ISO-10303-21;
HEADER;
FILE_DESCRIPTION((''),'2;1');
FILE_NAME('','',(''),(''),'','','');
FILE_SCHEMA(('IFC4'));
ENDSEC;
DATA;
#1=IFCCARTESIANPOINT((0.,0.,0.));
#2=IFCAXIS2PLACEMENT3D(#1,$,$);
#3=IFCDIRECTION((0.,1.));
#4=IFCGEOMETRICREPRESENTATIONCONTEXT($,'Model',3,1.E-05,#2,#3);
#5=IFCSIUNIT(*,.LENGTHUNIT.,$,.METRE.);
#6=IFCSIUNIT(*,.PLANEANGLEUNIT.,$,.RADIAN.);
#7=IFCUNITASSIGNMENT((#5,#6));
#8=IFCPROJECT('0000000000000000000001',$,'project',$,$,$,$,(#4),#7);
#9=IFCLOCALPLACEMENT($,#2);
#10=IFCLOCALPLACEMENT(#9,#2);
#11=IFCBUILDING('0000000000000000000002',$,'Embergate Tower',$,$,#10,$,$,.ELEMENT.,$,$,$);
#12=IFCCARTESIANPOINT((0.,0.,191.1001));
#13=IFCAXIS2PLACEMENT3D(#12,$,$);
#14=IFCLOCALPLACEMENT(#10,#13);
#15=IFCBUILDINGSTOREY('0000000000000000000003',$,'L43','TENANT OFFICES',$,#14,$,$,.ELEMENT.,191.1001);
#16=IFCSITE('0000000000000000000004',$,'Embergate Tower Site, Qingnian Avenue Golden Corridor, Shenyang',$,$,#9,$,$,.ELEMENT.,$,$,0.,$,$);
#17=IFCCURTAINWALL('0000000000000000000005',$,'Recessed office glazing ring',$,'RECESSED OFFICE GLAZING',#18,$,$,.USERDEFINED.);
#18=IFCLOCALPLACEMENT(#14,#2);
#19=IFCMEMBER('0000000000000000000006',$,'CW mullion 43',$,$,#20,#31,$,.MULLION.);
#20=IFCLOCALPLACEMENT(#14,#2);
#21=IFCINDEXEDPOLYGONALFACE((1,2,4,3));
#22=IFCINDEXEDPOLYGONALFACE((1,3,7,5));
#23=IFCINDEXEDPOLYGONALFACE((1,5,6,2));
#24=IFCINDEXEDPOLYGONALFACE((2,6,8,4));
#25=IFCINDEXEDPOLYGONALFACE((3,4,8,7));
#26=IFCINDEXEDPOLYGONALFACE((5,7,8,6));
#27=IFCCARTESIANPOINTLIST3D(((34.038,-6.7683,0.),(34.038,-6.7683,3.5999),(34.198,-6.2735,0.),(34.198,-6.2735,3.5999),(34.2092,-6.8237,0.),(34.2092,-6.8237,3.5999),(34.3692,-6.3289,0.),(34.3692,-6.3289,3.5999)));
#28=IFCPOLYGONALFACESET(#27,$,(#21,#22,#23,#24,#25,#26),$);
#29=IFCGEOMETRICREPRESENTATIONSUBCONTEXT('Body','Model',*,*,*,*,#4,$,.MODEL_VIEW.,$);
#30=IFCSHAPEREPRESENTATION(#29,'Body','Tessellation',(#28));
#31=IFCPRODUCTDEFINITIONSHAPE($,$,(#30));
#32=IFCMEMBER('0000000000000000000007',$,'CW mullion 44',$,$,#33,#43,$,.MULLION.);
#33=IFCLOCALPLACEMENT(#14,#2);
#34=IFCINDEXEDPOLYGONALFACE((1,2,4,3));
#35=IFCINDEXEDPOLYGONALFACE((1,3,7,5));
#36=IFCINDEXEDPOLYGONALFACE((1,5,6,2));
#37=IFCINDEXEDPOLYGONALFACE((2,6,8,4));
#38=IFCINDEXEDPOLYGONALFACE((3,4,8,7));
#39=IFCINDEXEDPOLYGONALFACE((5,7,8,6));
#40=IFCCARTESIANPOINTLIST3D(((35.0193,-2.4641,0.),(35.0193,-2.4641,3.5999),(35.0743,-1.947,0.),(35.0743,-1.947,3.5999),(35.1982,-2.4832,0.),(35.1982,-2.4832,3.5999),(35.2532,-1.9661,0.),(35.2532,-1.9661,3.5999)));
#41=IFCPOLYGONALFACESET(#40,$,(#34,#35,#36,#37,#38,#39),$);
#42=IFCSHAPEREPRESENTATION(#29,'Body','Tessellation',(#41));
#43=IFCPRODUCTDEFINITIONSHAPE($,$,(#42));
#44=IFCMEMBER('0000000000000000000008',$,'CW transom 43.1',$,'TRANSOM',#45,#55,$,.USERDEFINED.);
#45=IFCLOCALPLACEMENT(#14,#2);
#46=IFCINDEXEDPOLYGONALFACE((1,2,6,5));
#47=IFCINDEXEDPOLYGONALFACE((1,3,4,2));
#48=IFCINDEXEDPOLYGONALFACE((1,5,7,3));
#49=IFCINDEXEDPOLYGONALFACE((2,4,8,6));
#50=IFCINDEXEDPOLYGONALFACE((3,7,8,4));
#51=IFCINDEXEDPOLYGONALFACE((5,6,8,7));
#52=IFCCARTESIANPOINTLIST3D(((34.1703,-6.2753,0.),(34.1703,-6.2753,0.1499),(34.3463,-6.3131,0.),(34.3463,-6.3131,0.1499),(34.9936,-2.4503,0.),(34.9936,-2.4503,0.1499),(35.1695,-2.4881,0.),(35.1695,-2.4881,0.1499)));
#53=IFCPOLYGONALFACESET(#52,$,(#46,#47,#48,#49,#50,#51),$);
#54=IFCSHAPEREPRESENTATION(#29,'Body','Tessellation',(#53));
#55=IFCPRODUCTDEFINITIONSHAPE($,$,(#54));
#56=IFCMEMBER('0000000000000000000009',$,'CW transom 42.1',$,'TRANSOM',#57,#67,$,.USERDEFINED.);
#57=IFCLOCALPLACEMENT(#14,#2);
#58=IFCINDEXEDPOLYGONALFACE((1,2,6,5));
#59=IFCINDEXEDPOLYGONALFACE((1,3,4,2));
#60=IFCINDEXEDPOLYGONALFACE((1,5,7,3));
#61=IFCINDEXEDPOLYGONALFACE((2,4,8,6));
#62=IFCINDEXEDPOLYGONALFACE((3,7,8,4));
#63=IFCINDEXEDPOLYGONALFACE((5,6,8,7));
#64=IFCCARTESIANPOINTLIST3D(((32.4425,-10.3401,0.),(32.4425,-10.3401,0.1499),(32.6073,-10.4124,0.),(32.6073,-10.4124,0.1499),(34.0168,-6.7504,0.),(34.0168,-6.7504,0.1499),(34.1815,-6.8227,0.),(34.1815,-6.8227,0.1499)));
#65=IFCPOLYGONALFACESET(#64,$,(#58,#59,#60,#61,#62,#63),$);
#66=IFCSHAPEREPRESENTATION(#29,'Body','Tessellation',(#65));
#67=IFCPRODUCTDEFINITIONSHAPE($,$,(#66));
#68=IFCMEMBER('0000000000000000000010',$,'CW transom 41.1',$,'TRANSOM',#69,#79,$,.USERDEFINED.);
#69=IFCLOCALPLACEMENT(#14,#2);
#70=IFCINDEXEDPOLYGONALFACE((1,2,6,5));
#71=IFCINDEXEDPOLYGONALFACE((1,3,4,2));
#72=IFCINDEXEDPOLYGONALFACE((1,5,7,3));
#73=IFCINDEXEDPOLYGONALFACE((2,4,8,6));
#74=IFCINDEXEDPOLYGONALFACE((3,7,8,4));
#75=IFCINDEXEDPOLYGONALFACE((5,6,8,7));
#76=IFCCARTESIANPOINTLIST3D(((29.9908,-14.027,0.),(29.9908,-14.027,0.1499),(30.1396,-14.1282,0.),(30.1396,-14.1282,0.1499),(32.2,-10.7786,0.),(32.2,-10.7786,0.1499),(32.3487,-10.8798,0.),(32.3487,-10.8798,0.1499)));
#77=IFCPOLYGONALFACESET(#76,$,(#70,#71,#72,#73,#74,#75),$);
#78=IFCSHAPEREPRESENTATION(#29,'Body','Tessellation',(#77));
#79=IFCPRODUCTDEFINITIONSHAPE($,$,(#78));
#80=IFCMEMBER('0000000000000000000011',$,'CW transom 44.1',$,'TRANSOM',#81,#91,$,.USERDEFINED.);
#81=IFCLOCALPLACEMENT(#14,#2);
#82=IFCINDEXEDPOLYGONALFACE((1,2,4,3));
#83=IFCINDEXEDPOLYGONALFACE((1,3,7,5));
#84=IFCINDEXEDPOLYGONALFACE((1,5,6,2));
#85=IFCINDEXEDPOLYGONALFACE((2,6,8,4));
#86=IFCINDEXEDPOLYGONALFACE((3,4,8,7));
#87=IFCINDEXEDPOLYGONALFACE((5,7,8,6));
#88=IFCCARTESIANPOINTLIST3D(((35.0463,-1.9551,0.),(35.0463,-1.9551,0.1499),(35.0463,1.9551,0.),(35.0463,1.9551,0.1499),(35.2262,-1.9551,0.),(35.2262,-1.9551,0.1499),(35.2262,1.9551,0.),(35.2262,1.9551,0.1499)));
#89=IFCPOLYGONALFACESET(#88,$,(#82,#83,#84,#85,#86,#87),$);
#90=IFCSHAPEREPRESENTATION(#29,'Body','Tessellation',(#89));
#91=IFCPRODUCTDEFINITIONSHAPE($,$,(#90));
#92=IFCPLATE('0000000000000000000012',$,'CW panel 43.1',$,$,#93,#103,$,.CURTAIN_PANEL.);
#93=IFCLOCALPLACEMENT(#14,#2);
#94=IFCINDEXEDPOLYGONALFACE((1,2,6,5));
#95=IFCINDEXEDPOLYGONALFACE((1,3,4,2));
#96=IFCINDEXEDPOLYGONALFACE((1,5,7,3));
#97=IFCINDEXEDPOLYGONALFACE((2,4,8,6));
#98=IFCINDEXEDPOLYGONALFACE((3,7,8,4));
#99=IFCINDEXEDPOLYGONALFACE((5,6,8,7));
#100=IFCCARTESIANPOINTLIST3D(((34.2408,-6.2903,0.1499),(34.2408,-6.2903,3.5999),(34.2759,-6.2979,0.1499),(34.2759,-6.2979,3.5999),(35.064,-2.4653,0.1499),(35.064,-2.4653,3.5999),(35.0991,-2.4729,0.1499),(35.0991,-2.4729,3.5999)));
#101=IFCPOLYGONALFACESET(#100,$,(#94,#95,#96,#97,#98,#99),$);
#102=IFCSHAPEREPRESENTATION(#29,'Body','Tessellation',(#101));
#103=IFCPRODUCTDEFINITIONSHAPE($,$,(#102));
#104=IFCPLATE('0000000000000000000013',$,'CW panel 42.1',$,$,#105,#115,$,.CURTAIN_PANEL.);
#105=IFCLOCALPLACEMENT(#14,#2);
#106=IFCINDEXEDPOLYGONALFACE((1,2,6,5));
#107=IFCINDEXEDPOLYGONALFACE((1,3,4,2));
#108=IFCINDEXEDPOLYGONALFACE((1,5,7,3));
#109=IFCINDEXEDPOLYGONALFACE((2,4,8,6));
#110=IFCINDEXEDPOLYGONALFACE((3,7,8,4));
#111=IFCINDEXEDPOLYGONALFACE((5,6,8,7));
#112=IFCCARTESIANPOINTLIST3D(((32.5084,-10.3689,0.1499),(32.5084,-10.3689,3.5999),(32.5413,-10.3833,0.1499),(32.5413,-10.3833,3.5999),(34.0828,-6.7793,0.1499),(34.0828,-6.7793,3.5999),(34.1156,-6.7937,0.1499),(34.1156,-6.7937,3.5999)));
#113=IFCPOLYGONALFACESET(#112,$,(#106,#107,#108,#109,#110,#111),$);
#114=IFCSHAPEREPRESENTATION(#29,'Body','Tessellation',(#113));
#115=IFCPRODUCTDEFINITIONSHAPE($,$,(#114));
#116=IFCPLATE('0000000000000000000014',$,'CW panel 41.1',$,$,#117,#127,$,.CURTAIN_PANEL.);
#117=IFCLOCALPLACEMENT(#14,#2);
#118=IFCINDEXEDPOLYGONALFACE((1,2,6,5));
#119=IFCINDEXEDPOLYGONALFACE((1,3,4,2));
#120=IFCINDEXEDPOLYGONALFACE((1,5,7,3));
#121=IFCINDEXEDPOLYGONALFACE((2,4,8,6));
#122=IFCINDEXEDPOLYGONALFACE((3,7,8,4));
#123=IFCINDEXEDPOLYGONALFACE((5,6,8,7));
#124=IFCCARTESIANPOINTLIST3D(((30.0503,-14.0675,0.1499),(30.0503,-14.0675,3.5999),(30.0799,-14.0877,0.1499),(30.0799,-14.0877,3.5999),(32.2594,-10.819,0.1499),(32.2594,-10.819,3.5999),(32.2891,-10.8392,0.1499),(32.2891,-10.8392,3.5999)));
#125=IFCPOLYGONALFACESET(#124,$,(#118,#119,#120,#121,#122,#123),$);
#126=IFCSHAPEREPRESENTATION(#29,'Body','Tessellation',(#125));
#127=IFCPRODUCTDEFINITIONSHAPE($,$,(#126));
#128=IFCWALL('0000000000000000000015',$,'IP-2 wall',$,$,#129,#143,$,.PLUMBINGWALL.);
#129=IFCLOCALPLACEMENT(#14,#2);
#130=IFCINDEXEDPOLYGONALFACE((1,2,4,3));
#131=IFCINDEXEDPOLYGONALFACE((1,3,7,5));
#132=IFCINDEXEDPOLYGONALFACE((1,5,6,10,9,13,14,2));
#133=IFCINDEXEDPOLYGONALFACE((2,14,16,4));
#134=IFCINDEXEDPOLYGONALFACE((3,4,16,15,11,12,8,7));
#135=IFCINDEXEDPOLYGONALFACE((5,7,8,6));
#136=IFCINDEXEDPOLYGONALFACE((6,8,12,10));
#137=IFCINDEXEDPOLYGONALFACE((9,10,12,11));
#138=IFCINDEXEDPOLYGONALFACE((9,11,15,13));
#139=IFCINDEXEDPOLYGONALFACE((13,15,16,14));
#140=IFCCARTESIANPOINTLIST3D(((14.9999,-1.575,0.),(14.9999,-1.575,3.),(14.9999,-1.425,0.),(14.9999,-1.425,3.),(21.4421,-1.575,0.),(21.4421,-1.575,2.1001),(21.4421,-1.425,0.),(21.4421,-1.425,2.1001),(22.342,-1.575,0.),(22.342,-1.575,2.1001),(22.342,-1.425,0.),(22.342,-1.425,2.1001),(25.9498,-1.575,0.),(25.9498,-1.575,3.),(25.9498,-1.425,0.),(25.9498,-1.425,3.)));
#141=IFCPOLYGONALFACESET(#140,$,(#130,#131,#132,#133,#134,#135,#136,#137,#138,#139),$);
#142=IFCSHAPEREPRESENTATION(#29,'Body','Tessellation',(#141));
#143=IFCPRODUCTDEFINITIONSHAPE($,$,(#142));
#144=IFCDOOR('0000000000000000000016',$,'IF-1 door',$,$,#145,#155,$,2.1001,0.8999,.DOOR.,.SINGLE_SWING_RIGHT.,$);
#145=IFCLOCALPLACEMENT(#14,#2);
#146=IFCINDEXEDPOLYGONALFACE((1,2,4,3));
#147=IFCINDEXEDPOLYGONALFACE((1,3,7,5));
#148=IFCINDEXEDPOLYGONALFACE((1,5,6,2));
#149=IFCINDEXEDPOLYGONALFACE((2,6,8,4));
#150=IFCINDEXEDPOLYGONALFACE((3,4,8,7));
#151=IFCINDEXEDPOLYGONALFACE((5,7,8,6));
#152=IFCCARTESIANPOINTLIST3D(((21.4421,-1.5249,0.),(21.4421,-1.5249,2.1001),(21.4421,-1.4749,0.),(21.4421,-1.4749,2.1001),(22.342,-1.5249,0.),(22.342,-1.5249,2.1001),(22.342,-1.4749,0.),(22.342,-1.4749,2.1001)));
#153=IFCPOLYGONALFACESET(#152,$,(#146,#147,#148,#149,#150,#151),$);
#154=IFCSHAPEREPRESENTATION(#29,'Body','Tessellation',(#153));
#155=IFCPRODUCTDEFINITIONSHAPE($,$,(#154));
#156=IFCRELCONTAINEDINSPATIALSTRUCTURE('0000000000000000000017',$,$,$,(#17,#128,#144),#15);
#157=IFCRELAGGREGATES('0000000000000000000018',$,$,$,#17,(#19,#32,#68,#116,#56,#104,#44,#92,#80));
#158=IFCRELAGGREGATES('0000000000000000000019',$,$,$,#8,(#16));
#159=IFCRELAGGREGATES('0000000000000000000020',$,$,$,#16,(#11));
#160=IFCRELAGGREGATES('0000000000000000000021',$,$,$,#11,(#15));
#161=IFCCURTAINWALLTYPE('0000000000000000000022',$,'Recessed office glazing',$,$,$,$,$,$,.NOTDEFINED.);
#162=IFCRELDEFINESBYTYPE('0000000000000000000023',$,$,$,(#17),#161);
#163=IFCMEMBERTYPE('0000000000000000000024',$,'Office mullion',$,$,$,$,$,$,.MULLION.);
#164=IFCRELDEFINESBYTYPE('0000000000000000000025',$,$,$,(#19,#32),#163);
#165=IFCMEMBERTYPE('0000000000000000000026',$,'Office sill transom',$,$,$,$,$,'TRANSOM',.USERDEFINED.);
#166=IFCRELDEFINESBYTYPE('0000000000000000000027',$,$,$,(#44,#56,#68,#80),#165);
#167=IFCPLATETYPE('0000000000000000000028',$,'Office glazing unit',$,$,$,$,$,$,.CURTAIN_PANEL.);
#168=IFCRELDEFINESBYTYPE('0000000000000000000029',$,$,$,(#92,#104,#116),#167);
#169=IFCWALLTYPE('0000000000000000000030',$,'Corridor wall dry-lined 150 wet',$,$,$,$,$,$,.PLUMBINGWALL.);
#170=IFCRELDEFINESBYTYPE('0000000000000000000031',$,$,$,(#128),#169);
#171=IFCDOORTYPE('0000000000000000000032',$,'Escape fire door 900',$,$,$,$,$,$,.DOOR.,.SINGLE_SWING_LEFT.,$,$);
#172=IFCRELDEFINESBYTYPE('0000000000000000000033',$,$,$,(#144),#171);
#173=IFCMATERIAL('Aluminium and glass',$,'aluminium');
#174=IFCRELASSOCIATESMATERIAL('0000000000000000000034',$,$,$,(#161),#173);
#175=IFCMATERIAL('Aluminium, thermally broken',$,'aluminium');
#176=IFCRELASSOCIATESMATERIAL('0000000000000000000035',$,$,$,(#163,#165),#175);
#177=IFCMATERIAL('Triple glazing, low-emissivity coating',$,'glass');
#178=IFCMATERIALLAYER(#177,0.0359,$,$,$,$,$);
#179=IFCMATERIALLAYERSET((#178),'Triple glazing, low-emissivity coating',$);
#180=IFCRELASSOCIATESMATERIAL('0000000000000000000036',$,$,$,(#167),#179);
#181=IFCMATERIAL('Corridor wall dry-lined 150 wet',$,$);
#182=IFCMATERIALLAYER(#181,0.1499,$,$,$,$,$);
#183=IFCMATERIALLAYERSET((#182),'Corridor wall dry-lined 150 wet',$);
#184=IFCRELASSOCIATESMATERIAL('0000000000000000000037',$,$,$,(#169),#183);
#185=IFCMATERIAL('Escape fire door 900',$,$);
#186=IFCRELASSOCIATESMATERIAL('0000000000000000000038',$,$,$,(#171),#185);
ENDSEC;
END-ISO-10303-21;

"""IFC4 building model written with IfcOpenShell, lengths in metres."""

from ifc_helpers import new_model, si_unit, direction, frame, frame_2d, origin, origin_2d, place, context, subcontext, project, spatial, rectangle, extrude, source, transform, mapped, material, layer, layer_set, material_profile, profile_set, type_object, element, fill, aggregate, save


model = new_model("IFC4")

# Units and contexts
model_context = context("Model", 3, precision=1e-05, world=origin(), true_north=direction((0.0, 1.0)))
body_context = subcontext(model_context, "Body", "Model", "MODEL_VIEW")
ifc_project = project(units=[si_unit("LENGTHUNIT", "METRE"), si_unit("PLANEANGLEUNIT", "RADIAN")], contexts=[model_context])

# Site, building, storey
site_placement = place(None, origin())
site = spatial("IfcSite", under=ifc_project, at=site_placement, Name="Embergate Tower Site, Qingnian Avenue Golden Corridor, Shenyang", CompositionType="ELEMENT", RefElevation=0.0)
building_placement = place(site_placement, origin())
building = spatial("IfcBuilding", under=site, at=building_placement, Name="Embergate Tower", CompositionType="ELEMENT")
storey_placement = place(building_placement, frame((0.0, 0.0, 191.1001)))
storey = spatial("IfcBuildingStorey", under=building, at=storey_placement, Name="L43", Description="TENANT OFFICES", CompositionType="ELEMENT", Elevation=191.1001)

# Curtain wall, members, plates
ifc_material_1 = material(Name="Aluminium and glass", Category="aluminium")
curtain_wall_type = type_object("IfcCurtainWallType", Name="Recessed office glazing", PredefinedType="NOTDEFINED", material=ifc_material_1)
curtain_wall_placement = place(storey_placement, origin())
curtain_wall = element("IfcCurtainWall", 1, at=curtain_wall_placement, inside=storey, type_object=curtain_wall_type, Name="Recessed office glazing ring", ObjectType="RECESSED OFFICE GLAZING", PredefinedType="USERDEFINED")
ifc_material_2 = material(Name="Aluminium, thermally broken", Category="aluminium")
ifc_material_profile_1 = material_profile(ifc_material_2, rectangle(XDim=0.1799, YDim=0.52, at=origin_2d()), Name="AL 520x180")
ifc_profile_set_1 = profile_set([ifc_material_profile_1], Name="Aluminium, thermally broken")
member_type_1 = type_object("IfcMemberType", Name="Office mullion", PredefinedType="MULLION", material=ifc_profile_set_1)
shared_shape_1 = source(origin(), body_context, "Body", "SweptSolid", [
    extrude(rectangle(XDim=0.1799, YDim=0.52, at=origin_2d()), origin(), (0.0, 0.0, 1.0), 3.5999),
])
member_1_placement = place(storey_placement, frame((34.2036, -6.5486, 0.0), z_axis=(0.0, 0.0, 1.0), x_axis=(-0.951496, 0.307661, 0.0)))
member_1 = element("IfcMember", 2, at=member_1_placement, type_object=member_type_1, Name="CW mullion 43", PredefinedType="MULLION", context=body_context, shape_type="MappedRepresentation", body=[
    mapped(shared_shape_1, transform((0.0, 0.0, 0.0))),
])
member_2_placement = place(storey_placement, frame((35.1362, -2.2151, 0.0), z_axis=(0.0, 0.0, 1.0), x_axis=(-0.994385, 0.105825, 0.0)))
member_2 = element("IfcMember", 3, at=member_2_placement, type_object=member_type_1, Name="CW mullion 44", PredefinedType="MULLION", context=body_context, shape_type="MappedRepresentation", body=[
    mapped(shared_shape_1, transform((0.0, 0.0, 0.0))),
])
ifc_material_profile_2 = material_profile(ifc_material_2, rectangle(XDim=0.1799, YDim=0.1499, at=origin_2d()), Name="AL 150x180")
ifc_profile_set_2 = profile_set([ifc_material_profile_2], Name="Aluminium, thermally broken")
member_type_2 = type_object("IfcMemberType", Name="Office sill transom", ElementType="TRANSOM", PredefinedType="USERDEFINED", material=ifc_profile_set_2)
shared_shape_2 = source(origin(), body_context, "Body", "SweptSolid", [
    extrude(rectangle(XDim=0.1799, YDim=0.1499, at=origin_2d()), origin(), (0.0, 0.0, 1.0), 3.9126),
])
member_3_placement = place(storey_placement, frame((34.2583, -6.2942, 0.075), z_axis=(0.210411, 0.977613, 0.0), x_axis=(-0.977613, 0.210411, 0.0)))
member_3 = element("IfcMember", 4, at=member_3_placement, type_object=member_type_2, Name="CW transom 43.1", ObjectType="TRANSOM", PredefinedType="USERDEFINED", context=body_context, shape_type="MappedRepresentation", body=[
    mapped(shared_shape_2, transform((0.0, 0.0, 0.0))),
])
shared_shape_3 = source(origin(), body_context, "Body", "SweptSolid", [
    extrude(rectangle(XDim=0.1799, YDim=0.1499, at=origin_2d()), origin(), (0.0, 0.0, 1.0), 3.9197),
])
member_4_placement = place(storey_placement, frame((32.5249, -10.3762, 0.075), z_axis=(0.401626, 0.915804, 0.0), x_axis=(-0.915804, 0.401626, 0.0)))
member_4 = element("IfcMember", 5, at=member_4_placement, type_object=member_type_2, Name="CW transom 42.1", ObjectType="TRANSOM", PredefinedType="USERDEFINED", context=body_context, shape_type="MappedRepresentation", body=[
    mapped(shared_shape_3, transform((0.0, 0.0, 0.0))),
])
shared_shape_4 = source(origin(), body_context, "Body", "SweptSolid", [
    extrude(rectangle(XDim=0.1799, YDim=0.1499, at=origin_2d()), origin(), (0.0, 0.0, 1.0), 3.9285),
])
member_5_placement = place(storey_placement, frame((30.0652, -14.0776, 0.075), z_axis=(0.562349, 0.8269, 0.0), x_axis=(-0.8269, 0.562349, 0.0)))
member_5 = element("IfcMember", 6, at=member_5_placement, type_object=member_type_2, Name="CW transom 41.1", ObjectType="TRANSOM", PredefinedType="USERDEFINED", context=body_context, shape_type="MappedRepresentation", body=[
    mapped(shared_shape_4, transform((0.0, 0.0, 0.0))),
])
shared_shape_5 = source(origin(), body_context, "Body", "SweptSolid", [
    extrude(rectangle(XDim=0.1799, YDim=0.1499, at=origin_2d()), origin(), (0.0, 0.0, 1.0), 3.9102),
])
member_6_placement = place(storey_placement, frame((35.1362, -1.9551, 0.075), z_axis=(0.0, 1.0, 0.0), x_axis=(-1.0, 0.0, 0.0)))
member_6 = element("IfcMember", 7, at=member_6_placement, type_object=member_type_2, Name="CW transom 44.1", ObjectType="TRANSOM", PredefinedType="USERDEFINED", context=body_context, shape_type="MappedRepresentation", body=[
    mapped(shared_shape_5, transform((0.0, 0.0, 0.0))),
])
ifc_material_3 = material(Name="Triple glazing, low-emissivity coating", Category="glass")
ifc_layer_1 = layer(ifc_material_3, 0.0359)
ifc_layer_set_1 = layer_set([ifc_layer_1], Name="Triple glazing, low-emissivity coating")
plate_type = type_object("IfcPlateType", Name="Office glazing unit", PredefinedType="CURTAIN_PANEL", material=ifc_layer_set_1)
shared_shape_6 = source(origin(), body_context, "Body", "SweptSolid", [
    extrude(rectangle(XDim=3.9126, YDim=0.0359, at=origin_2d()), origin(), (0.0, 0.0, 1.0), 3.45),
])
plate_1_placement = place(storey_placement, frame((34.6699, -4.3816, 0.1499), z_axis=(0.0, 0.0, 1.0), x_axis=(0.2104, 0.977615, 0.0)))
plate_1 = element("IfcPlate", 8, at=plate_1_placement, type_object=plate_type, Name="CW panel 43.1", PredefinedType="CURTAIN_PANEL", context=body_context, shape_type="MappedRepresentation", body=[
    mapped(shared_shape_6, transform((0.0, 0.0, 0.0))),
])
shared_shape_7 = source(origin(), body_context, "Body", "SweptSolid", [
    extrude(rectangle(XDim=3.9197, YDim=0.0359, at=origin_2d()), origin(), (0.0, 0.0, 1.0), 3.45),
])
plate_2_placement = place(storey_placement, frame((33.312, -8.5813, 0.1499), z_axis=(0.0, 0.0, 1.0), x_axis=(0.401655, 0.915791, 0.0)))
plate_2 = element("IfcPlate", 9, at=plate_2_placement, type_object=plate_type, Name="CW panel 42.1", PredefinedType="CURTAIN_PANEL", context=body_context, shape_type="MappedRepresentation", body=[
    mapped(shared_shape_7, transform((0.0, 0.0, 0.0))),
])
shared_shape_8 = source(origin(), body_context, "Body", "SweptSolid", [
    extrude(rectangle(XDim=3.9285, YDim=0.0359, at=origin_2d()), origin(), (0.0, 0.0, 1.0), 3.45),
])
plate_3_placement = place(storey_placement, frame((31.1697, -12.4534, 0.1499), z_axis=(0.0, 0.0, 1.0), x_axis=(0.562345, 0.826903, 0.0)))
plate_3 = element("IfcPlate", 10, at=plate_3_placement, type_object=plate_type, Name="CW panel 41.1", PredefinedType="CURTAIN_PANEL", context=body_context, shape_type="MappedRepresentation", body=[
    mapped(shared_shape_8, transform((0.0, 0.0, 0.0))),
])
aggregate(curtain_wall, [member_1, member_2, member_5, plate_3, member_4, plate_2, member_3, plate_1, member_6])

# Wall, opening, door
ifc_material_4 = material(Name="Corridor wall dry-lined 150 wet")
ifc_layer_2 = layer(ifc_material_4, 0.1499)
ifc_layer_set_2 = layer_set([ifc_layer_2], Name="Corridor wall dry-lined 150 wet")
wall_type_1 = type_object("IfcWallType", Name="Corridor wall dry-lined 150 wet", PredefinedType="PLUMBINGWALL", material=ifc_layer_set_2)
shared_shape_9 = source(origin(), body_context, "Body", "SweptSolid", [
    extrude(rectangle(XDim=10.95, YDim=0.1499, at=frame_2d((5.4751, 0.0))), origin(), (0.0, 0.0, 1.0), 3.0),
])
wall_1_placement = place(storey_placement, frame((25.95, -1.5, 0.0), z_axis=(0.0, 0.0, 1.0), x_axis=(-1.0, 0.0, 0.0)))
wall_1 = element("IfcWall", 11, at=wall_1_placement, inside=storey, type_object=wall_type_1, Name="IP-2 wall", PredefinedType="PLUMBINGWALL", context=body_context, shape_type="MappedRepresentation", body=[
    mapped(shared_shape_9, transform((0.0, 0.0, 0.0))),
])
shared_shape_10 = source(origin(), body_context, "Body", "SweptSolid", [
    extrude(rectangle(XDim=0.8999, YDim=2.1001, at=frame_2d((0.45, 1.05))), frame((0.0, 0.085, 0.0), z_axis=(0.0, -1.0, 0.0), x_axis=(1.0, 0.0, 0.0)), (0.0, 0.0, 1.0), 0.1699),
])
opening_1_placement = place(wall_1_placement, frame((3.6079, 0.0, 0.0)))
opening_1 = element("IfcOpeningElement", 12, at=opening_1_placement, cuts=wall_1, PredefinedType="OPENING", context=body_context, shape_type="MappedRepresentation", body=[
    mapped(shared_shape_10, transform((0.0, 0.0, 0.0))),
])
ifc_material_5 = material(Name="Escape fire door 900")
door_type_1 = type_object("IfcDoorType", Name="Escape fire door 900", OperationType="SINGLE_SWING_LEFT", PredefinedType="DOOR", material=ifc_material_5)
shared_shape_11 = source(origin(), body_context, "Body", "SweptSolid", [
    extrude(rectangle(XDim=0.8999, YDim=2.1001, at=frame_2d((0.45, 1.05))), frame((0.0, 0.0249, 0.0), z_axis=(0.0, -1.0, 0.0), x_axis=(1.0, 0.0, 0.0)), (0.0, 0.0, 1.0), 0.05),
])
door_1_placement = place(opening_1_placement, origin())
door_1 = element("IfcDoor", 13, at=door_1_placement, inside=storey, type_object=door_type_1, Name="IF-1 door", OperationType="SINGLE_SWING_RIGHT", OverallHeight=2.1001, OverallWidth=0.8999, PredefinedType="DOOR", context=body_context, shape_type="MappedRepresentation", body=[
    mapped(shared_shape_11, transform((0.0, 0.0, 0.0))),
])
fill(opening_1, door_1)

save(model, "model.ifc")
